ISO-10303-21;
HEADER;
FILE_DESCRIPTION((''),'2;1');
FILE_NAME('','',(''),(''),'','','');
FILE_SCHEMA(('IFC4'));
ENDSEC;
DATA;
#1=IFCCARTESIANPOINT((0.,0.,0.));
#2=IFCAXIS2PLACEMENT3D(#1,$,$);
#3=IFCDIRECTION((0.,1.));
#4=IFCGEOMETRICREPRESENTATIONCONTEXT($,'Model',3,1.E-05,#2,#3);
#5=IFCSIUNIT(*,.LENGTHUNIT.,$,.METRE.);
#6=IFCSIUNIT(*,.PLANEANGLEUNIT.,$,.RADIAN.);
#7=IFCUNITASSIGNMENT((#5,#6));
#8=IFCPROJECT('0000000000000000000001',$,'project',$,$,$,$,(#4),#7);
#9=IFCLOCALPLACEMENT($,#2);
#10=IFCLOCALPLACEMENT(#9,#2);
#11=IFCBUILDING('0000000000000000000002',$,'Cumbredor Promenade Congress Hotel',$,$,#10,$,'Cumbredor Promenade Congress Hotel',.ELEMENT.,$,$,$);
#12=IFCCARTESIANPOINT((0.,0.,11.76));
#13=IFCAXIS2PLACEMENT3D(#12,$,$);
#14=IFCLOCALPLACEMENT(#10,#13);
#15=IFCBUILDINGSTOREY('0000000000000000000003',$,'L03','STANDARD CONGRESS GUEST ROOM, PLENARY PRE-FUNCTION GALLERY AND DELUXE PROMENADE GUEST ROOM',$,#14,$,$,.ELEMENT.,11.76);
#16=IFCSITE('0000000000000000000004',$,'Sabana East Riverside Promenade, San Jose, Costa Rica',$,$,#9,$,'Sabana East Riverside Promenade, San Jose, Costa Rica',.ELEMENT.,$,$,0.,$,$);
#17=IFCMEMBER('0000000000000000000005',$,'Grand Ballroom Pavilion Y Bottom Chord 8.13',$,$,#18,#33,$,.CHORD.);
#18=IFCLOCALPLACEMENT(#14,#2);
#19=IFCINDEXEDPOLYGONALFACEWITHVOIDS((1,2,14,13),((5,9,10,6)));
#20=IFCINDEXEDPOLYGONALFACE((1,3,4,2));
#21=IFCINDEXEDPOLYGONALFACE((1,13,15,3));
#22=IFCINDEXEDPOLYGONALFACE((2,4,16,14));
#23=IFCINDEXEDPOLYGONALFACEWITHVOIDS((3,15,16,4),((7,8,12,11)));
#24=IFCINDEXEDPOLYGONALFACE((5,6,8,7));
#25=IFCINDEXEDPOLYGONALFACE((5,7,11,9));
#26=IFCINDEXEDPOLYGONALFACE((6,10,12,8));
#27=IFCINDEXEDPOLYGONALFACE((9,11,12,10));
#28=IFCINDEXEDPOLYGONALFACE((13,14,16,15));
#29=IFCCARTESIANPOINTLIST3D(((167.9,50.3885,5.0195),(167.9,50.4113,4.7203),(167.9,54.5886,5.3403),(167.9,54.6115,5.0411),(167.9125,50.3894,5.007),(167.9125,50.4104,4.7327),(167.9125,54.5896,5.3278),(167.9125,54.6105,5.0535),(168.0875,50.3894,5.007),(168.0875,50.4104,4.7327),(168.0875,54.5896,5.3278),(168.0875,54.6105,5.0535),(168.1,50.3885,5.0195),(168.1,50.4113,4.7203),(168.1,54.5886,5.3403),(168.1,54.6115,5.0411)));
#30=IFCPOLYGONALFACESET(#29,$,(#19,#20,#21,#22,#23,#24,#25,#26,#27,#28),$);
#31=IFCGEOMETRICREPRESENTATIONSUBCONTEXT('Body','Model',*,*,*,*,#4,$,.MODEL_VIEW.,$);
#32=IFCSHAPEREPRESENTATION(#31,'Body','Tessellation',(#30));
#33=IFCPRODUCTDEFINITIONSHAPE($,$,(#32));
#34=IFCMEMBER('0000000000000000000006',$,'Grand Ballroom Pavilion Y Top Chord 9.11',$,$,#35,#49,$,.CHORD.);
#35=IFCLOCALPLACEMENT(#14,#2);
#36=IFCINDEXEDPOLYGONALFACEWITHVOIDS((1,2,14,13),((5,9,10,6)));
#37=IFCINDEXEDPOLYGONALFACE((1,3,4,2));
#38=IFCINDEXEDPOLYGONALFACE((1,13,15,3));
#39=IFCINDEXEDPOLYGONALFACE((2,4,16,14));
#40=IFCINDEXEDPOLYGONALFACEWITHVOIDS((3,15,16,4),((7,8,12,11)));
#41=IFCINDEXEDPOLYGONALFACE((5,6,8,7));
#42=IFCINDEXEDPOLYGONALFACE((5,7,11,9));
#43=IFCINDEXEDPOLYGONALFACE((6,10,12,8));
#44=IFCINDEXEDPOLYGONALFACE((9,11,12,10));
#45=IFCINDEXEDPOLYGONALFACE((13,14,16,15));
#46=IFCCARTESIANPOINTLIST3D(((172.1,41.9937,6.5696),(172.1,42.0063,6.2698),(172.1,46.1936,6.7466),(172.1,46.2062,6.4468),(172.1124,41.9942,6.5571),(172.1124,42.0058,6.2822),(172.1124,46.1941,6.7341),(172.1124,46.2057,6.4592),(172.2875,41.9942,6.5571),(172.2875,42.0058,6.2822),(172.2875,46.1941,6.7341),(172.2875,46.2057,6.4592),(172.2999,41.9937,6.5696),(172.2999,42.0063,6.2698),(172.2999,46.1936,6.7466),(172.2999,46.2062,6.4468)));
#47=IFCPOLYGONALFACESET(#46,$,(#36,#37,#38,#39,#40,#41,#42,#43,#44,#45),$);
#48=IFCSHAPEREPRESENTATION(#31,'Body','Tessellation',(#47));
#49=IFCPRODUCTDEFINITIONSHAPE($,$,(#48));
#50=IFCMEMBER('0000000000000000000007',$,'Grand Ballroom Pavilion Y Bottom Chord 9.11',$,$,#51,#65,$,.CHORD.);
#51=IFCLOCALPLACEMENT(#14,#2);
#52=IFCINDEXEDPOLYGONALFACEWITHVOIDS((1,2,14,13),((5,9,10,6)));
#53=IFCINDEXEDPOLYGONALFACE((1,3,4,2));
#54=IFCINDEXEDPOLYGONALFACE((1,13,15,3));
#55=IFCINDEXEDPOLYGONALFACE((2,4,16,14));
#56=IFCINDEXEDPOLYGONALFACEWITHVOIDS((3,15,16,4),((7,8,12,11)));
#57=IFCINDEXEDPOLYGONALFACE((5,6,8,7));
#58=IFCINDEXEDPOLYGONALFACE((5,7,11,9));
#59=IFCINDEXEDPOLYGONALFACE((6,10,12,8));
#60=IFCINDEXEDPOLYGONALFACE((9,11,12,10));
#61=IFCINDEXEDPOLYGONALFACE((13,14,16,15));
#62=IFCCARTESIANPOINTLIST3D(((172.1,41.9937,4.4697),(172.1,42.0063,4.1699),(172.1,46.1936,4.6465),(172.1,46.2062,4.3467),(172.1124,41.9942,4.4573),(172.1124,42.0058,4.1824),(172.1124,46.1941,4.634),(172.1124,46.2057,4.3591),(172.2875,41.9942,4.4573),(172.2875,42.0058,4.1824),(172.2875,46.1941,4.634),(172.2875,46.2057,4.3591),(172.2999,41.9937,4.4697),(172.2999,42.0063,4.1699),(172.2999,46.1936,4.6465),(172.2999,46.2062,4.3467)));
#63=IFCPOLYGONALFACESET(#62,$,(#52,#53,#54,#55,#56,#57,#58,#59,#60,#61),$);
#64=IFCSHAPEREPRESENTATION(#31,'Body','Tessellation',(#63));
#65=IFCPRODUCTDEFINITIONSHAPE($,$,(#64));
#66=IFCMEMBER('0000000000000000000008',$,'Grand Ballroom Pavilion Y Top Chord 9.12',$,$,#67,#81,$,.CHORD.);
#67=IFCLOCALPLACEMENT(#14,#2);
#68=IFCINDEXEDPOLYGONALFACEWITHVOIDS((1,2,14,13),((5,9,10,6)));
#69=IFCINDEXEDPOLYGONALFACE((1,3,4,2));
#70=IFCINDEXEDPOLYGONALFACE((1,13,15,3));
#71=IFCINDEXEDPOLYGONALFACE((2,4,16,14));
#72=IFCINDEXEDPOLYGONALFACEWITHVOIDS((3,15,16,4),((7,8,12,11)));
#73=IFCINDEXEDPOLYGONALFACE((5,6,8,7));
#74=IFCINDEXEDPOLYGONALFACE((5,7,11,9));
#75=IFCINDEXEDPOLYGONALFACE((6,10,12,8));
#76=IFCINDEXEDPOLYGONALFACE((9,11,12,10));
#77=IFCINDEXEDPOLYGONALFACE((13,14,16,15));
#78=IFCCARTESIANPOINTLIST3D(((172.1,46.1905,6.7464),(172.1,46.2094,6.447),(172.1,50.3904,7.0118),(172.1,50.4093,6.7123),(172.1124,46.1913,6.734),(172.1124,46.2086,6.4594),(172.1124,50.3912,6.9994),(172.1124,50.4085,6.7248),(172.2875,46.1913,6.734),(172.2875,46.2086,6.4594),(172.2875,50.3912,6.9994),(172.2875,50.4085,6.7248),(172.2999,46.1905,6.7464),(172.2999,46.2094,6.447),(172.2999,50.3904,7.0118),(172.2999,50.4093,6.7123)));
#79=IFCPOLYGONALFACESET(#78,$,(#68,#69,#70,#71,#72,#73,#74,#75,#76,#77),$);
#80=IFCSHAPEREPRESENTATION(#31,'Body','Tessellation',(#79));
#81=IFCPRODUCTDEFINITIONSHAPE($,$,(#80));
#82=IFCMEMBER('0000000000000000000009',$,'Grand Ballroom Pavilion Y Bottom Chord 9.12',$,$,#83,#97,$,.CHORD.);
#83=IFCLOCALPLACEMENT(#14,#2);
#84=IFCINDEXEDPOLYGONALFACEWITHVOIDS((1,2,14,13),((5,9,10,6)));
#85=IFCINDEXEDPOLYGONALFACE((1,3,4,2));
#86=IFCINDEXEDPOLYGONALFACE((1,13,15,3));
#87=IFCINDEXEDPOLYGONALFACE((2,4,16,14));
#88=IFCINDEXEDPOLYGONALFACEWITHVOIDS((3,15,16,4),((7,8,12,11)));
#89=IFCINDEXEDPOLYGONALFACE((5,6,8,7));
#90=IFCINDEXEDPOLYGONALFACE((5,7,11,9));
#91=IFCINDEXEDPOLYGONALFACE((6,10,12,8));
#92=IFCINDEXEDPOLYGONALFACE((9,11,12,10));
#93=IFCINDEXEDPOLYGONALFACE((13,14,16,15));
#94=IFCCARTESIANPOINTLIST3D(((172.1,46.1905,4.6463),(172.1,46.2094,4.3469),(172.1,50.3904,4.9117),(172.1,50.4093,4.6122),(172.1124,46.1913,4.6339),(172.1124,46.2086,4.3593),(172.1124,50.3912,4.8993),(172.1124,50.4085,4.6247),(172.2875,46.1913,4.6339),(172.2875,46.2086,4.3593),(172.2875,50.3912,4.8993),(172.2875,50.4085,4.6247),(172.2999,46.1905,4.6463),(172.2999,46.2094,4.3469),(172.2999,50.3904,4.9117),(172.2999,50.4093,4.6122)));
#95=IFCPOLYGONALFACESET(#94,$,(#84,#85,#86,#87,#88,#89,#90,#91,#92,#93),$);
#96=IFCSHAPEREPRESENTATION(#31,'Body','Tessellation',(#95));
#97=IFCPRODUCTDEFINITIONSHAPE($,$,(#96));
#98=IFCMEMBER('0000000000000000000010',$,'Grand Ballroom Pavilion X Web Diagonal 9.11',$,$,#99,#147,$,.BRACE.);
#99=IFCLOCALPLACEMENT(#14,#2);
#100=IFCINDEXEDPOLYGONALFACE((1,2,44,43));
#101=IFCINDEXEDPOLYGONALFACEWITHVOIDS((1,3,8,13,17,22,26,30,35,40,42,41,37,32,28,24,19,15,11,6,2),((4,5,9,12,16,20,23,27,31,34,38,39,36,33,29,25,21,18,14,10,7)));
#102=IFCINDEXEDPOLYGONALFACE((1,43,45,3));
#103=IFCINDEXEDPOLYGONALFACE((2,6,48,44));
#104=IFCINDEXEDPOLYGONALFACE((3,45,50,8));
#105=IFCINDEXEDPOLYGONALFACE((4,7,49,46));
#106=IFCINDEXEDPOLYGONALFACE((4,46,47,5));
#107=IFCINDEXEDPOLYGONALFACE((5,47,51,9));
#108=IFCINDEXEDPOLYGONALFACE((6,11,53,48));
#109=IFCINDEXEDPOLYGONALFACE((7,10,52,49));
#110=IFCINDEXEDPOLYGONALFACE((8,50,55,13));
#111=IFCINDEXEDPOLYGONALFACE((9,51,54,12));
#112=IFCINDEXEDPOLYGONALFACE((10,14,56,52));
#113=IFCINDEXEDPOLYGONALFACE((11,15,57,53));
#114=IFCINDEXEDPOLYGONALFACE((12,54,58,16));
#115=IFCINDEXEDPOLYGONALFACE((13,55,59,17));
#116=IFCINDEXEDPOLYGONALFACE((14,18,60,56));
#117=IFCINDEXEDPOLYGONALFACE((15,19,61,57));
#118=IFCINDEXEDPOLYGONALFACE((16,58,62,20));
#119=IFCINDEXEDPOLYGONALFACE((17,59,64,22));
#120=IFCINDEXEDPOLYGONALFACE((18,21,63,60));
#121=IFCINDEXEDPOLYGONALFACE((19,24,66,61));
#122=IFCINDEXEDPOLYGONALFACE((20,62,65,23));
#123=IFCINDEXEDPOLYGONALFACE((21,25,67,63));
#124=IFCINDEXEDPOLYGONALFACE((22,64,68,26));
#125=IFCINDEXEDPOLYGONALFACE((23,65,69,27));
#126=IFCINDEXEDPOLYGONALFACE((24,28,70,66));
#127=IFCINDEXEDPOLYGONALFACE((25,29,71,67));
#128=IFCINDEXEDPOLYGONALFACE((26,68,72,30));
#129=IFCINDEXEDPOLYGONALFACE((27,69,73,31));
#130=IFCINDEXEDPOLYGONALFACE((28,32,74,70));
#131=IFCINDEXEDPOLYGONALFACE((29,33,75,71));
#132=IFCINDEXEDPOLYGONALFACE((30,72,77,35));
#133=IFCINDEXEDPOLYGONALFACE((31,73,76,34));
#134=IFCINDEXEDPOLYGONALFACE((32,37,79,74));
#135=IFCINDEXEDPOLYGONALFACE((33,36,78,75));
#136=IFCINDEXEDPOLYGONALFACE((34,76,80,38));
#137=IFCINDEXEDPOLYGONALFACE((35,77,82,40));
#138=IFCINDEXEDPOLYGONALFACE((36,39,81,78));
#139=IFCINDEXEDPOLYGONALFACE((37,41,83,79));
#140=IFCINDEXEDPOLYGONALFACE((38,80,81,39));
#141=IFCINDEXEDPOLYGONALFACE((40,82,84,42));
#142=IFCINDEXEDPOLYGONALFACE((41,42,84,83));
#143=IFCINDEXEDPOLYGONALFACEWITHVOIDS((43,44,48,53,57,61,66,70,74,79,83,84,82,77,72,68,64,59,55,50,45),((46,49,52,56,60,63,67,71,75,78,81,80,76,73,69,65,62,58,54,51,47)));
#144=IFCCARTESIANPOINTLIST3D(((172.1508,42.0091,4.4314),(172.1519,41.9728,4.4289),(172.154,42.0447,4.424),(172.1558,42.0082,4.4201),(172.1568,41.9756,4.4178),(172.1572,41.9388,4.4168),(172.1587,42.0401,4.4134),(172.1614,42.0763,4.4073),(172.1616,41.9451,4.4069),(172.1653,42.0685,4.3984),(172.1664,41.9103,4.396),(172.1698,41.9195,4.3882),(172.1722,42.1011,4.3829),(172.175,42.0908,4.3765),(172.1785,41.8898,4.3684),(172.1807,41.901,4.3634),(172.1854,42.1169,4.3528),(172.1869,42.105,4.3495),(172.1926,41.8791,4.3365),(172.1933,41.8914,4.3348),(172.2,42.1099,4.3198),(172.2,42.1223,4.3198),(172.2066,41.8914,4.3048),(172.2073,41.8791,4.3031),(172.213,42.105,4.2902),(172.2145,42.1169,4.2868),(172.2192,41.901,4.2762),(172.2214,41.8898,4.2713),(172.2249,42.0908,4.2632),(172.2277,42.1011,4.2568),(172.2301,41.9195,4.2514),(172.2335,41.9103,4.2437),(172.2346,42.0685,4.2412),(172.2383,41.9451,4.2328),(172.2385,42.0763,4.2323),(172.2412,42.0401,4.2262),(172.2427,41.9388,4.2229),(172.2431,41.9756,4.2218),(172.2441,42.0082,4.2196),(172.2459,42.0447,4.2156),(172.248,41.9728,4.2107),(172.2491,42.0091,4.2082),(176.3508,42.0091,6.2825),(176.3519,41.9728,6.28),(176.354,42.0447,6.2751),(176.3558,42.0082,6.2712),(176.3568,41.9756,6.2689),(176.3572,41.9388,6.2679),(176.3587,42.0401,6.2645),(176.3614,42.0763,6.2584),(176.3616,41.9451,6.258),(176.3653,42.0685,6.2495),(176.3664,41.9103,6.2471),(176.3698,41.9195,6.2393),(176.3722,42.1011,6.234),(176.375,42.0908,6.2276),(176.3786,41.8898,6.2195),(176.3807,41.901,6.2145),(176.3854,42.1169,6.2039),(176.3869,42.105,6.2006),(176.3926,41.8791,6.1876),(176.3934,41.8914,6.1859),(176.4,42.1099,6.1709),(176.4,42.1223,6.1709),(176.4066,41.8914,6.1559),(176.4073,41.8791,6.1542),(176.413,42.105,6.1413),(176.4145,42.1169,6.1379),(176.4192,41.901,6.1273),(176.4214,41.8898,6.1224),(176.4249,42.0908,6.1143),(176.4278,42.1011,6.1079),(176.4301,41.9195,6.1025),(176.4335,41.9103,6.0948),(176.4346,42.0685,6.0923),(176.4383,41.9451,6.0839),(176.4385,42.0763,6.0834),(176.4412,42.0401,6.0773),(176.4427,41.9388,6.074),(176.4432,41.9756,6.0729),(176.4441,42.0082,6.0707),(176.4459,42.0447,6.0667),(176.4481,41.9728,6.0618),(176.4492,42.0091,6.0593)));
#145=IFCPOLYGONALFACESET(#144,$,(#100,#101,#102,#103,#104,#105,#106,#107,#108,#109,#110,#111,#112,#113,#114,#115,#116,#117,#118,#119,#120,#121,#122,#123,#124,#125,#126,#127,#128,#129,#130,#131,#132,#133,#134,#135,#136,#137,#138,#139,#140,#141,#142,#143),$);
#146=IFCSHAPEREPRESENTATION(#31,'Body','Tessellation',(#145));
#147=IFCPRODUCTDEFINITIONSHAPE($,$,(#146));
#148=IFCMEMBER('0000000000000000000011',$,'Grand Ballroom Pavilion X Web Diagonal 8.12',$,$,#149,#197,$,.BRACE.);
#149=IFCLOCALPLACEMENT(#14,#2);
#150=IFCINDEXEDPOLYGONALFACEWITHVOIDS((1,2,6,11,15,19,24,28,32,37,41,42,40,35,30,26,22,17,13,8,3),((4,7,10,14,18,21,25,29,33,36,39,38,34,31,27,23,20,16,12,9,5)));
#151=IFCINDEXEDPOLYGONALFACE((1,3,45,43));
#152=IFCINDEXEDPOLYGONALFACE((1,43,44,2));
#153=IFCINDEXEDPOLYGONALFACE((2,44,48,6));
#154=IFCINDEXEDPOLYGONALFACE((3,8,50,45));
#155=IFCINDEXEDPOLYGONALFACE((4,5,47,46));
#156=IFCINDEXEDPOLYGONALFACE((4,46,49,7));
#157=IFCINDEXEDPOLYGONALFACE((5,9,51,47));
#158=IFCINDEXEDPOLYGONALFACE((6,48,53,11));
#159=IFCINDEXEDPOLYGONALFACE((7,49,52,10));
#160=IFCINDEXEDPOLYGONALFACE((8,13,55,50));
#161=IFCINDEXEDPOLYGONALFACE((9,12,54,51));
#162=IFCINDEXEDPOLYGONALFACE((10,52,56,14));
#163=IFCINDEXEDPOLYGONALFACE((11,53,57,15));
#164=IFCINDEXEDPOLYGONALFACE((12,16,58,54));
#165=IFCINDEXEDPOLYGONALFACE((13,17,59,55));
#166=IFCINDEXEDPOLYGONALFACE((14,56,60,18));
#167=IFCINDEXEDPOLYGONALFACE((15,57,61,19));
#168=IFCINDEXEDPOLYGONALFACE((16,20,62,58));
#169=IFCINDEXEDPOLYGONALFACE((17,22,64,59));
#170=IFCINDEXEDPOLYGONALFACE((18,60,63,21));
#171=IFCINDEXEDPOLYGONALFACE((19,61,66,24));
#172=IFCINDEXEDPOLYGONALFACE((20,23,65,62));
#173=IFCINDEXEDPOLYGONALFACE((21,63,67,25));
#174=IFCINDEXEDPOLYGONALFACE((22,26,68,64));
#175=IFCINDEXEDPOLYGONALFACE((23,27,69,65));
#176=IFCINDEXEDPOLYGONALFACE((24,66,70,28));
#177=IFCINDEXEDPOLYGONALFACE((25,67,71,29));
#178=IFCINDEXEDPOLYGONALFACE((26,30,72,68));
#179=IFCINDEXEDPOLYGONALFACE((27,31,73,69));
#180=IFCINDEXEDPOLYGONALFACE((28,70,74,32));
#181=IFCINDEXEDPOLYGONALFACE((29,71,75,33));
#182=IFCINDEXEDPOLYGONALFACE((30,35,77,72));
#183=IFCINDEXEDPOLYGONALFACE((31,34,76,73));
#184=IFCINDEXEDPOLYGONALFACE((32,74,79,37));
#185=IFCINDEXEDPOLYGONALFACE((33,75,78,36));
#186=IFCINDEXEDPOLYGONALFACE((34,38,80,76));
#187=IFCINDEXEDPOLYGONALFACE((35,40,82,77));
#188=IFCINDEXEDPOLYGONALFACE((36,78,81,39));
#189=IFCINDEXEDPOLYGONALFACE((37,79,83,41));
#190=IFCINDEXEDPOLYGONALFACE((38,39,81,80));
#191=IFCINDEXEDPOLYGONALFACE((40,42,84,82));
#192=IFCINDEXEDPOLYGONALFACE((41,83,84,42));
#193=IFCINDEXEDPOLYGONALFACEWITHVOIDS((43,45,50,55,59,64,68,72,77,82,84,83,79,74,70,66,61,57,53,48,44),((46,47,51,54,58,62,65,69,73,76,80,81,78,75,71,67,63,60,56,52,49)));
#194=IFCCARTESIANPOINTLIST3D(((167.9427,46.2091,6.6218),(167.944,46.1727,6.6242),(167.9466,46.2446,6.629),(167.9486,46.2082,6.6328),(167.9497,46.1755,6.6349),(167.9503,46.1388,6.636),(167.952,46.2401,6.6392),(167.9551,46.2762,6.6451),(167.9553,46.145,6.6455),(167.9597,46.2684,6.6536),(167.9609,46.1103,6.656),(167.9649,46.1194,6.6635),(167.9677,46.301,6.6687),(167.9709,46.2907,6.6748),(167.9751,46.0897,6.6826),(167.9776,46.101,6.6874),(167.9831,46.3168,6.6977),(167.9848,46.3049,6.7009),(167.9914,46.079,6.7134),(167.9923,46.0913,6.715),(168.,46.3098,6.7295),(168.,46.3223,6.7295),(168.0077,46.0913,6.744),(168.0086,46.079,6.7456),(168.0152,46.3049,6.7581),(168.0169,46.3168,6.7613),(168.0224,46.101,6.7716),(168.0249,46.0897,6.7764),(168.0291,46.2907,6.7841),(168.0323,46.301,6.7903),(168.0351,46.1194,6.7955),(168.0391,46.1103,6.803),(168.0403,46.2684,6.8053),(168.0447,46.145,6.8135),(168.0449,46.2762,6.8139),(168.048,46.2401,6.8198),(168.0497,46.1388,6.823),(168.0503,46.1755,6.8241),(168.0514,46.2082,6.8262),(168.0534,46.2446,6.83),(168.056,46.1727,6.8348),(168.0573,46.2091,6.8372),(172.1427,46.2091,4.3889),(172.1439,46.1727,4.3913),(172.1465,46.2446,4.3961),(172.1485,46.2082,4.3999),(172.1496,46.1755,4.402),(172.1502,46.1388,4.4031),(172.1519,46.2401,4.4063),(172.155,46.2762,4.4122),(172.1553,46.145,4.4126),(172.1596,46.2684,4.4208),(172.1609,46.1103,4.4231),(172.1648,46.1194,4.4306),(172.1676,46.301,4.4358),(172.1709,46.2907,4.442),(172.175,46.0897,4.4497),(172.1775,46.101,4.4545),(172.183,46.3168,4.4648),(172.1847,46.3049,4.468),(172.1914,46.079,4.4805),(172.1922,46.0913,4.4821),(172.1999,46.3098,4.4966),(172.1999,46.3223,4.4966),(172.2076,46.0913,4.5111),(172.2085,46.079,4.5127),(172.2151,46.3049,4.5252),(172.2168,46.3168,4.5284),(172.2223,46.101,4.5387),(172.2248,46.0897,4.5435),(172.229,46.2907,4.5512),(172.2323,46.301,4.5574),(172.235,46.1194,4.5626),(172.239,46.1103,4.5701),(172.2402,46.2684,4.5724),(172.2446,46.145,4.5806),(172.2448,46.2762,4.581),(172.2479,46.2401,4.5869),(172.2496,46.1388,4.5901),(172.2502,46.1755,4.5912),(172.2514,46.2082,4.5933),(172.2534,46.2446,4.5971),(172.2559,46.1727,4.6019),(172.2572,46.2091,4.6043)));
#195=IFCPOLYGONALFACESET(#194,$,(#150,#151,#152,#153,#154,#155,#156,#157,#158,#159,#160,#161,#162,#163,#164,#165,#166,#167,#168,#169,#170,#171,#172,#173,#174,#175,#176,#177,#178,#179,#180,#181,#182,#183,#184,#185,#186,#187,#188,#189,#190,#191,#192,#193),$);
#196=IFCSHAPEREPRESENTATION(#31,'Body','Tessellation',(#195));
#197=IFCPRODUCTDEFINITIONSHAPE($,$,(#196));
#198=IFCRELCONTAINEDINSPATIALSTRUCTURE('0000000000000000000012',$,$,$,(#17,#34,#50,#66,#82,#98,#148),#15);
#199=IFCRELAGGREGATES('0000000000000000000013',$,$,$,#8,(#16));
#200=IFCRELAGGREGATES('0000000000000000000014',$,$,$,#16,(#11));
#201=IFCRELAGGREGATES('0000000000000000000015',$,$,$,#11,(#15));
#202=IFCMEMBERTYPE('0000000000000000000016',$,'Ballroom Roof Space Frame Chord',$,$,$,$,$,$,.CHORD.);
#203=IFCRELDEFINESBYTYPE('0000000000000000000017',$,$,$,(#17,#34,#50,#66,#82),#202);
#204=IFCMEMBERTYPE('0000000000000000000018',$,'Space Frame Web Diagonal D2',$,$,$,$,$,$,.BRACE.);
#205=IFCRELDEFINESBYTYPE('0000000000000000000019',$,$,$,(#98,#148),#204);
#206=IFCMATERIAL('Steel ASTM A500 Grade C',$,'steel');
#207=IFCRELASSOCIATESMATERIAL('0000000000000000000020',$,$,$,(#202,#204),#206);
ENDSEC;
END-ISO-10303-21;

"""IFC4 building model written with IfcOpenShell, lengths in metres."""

from ifc_helpers import new_model, si_unit, direction, frame, origin, origin_2d, place, context, subcontext, project, spatial, hollow_rectangle, hollow_circle, extrude, material, material_profile, profile_set, type_object, element, save


model = new_model("IFC4")

# Units and contexts
model_context = context("Model", 3, precision=1e-05, world=origin(), true_north=direction((0.0, 1.0)))
body_context = subcontext(model_context, "Body", "Model", "MODEL_VIEW")
ifc_project = project(units=[si_unit("LENGTHUNIT", "METRE"), si_unit("PLANEANGLEUNIT", "RADIAN")], contexts=[model_context])

# Site, building, storey
site_placement = place(None, origin())
site = spatial("IfcSite", under=ifc_project, at=site_placement, Name="Sabana East Riverside Promenade, San Jose, Costa Rica", LongName="Sabana East Riverside Promenade, San Jose, Costa Rica", CompositionType="ELEMENT", RefElevation=0.0)
building_placement = place(site_placement, origin())
building = spatial("IfcBuilding", under=site, at=building_placement, Name="Cumbredor Promenade Congress Hotel", LongName="Cumbredor Promenade Congress Hotel", CompositionType="ELEMENT")
storey_placement = place(building_placement, frame((0.0, 0.0, 11.76)))
storey = spatial("IfcBuildingStorey", under=building, at=storey_placement, Name="L03", Description="STANDARD CONGRESS GUEST ROOM, PLENARY PRE-FUNCTION GALLERY AND DELUXE PROMENADE GUEST ROOM", CompositionType="ELEMENT", Elevation=11.76)

# Members
ifc_material_1 = material(Name="Steel ASTM A500 Grade C", Category="steel")
ifc_material_profile_1 = material_profile(ifc_material_1, hollow_rectangle(XDim=0.2, YDim=0.3, WallThickness=0.0125, at=origin_2d()), Name="HSS 300x200x12.5")
ifc_profile_set_1 = profile_set([ifc_material_profile_1], Name="Steel ASTM A500 Grade C")
member_type_1 = type_object("IfcMemberType", Name="Ballroom Roof Space Frame Chord", PredefinedType="CHORD", material=ifc_profile_set_1)
for number, where, z_axis, x_axis, name in (
    (1, (168.0, 50.3999, 4.8699), (0.0, 0.997096, 0.076156), (-1.0, 0.0, 0.0), "Grand Ballroom Pavilion Y Bottom Chord 8.13"),
):
    element("IfcMember", number, at=place(storey_placement, frame(where, z_axis=z_axis, x_axis=x_axis)), inside=storey, type_object=member_type_1, Name=name, PredefinedType="CHORD", context=body_context, shape_type="SweptSolid", body=[
        extrude(hollow_rectangle(XDim=0.2, YDim=0.3, WallThickness=0.0125, at=origin_2d()), origin(), (0.0, 0.0, 1.0), 4.2124),
    ])
for number, where, z_axis, x_axis, name in (
    (2, (172.2, 42.0, 6.4197), (0.0, 0.999113, 0.042106), (-1.0, 0.0, 0.0), "Grand Ballroom Pavilion Y Top Chord 9.11"),
    (3, (172.2, 42.0, 4.3198), (0.0, 0.999116, 0.042048), (-1.0, 0.0, 0.0), "Grand Ballroom Pavilion Y Bottom Chord 9.11"),
):
    element("IfcMember", number, at=place(storey_placement, frame(where, z_axis=z_axis, x_axis=x_axis)), inside=storey, type_object=member_type_1, Name=name, PredefinedType="CHORD", context=body_context, shape_type="SweptSolid", body=[
        extrude(hollow_rectangle(XDim=0.2, YDim=0.3, WallThickness=0.0125, at=origin_2d()), origin(), (0.0, 0.0, 1.0), 4.2036),
    ])
for number, where, z_axis, x_axis, name in (
    (4, (172.2, 46.2, 6.5967), (0.0, 0.99801, 0.063061), (-1.0, 0.0, 0.0), "Grand Ballroom Pavilion Y Top Chord 9.12"),
    (5, (172.2, 46.2, 4.4966), (0.0, 0.99801, 0.063061), (-1.0, 0.0, 0.0), "Grand Ballroom Pavilion Y Bottom Chord 9.12"),
):
    element("IfcMember", number, at=place(storey_placement, frame(where, z_axis=z_axis, x_axis=x_axis)), inside=storey, type_object=member_type_1, Name=name, PredefinedType="CHORD", context=body_context, shape_type="SweptSolid", body=[
        extrude(hollow_rectangle(XDim=0.2, YDim=0.3, WallThickness=0.0125, at=origin_2d()), origin(), (0.0, 0.0, 1.0), 4.2083),
    ])
ifc_material_profile_2 = material_profile(ifc_material_1, hollow_circle(Radius=0.1223, WallThickness=0.0125, at=origin_2d()), Name="CHS 244.5x12.5")
ifc_profile_set_2 = profile_set([ifc_material_profile_2], Name="Steel ASTM A500 Grade C")
member_type_2 = type_object("IfcMemberType", Name="Space Frame Web Diagonal D2", PredefinedType="BRACE", material=ifc_profile_set_2)
member_1_placement = place(storey_placement, frame((172.2, 42.0, 4.3198), z_axis=(0.915066, 0.0, 0.403304), x_axis=(0.0, 1.0, 0.0)))
element("IfcMember", 6, at=member_1_placement, inside=storey, type_object=member_type_2, Name="Grand Ballroom Pavilion X Web Diagonal 9.11", PredefinedType="BRACE", context=body_context, shape_type="SweptSolid", body=[
    extrude(hollow_circle(Radius=0.1223, WallThickness=0.0125, at=origin_2d()), origin(), (0.0, 0.0, 1.0), 4.5898),
])
member_2_placement = place(storey_placement, frame((168.0, 46.2, 6.7295), z_axis=(0.882969, 0.0, -0.469432), x_axis=(0.0, 1.0, 0.0)))
element("IfcMember", 7, at=member_2_placement, inside=storey, type_object=member_type_2, Name="Grand Ballroom Pavilion X Web Diagonal 8.12", PredefinedType="BRACE", context=body_context, shape_type="SweptSolid", body=[
    extrude(hollow_circle(Radius=0.1223, WallThickness=0.0125, at=origin_2d()), origin(), (0.0, 0.0, 1.0), 4.7566),
])

save(model, "model.ifc")
